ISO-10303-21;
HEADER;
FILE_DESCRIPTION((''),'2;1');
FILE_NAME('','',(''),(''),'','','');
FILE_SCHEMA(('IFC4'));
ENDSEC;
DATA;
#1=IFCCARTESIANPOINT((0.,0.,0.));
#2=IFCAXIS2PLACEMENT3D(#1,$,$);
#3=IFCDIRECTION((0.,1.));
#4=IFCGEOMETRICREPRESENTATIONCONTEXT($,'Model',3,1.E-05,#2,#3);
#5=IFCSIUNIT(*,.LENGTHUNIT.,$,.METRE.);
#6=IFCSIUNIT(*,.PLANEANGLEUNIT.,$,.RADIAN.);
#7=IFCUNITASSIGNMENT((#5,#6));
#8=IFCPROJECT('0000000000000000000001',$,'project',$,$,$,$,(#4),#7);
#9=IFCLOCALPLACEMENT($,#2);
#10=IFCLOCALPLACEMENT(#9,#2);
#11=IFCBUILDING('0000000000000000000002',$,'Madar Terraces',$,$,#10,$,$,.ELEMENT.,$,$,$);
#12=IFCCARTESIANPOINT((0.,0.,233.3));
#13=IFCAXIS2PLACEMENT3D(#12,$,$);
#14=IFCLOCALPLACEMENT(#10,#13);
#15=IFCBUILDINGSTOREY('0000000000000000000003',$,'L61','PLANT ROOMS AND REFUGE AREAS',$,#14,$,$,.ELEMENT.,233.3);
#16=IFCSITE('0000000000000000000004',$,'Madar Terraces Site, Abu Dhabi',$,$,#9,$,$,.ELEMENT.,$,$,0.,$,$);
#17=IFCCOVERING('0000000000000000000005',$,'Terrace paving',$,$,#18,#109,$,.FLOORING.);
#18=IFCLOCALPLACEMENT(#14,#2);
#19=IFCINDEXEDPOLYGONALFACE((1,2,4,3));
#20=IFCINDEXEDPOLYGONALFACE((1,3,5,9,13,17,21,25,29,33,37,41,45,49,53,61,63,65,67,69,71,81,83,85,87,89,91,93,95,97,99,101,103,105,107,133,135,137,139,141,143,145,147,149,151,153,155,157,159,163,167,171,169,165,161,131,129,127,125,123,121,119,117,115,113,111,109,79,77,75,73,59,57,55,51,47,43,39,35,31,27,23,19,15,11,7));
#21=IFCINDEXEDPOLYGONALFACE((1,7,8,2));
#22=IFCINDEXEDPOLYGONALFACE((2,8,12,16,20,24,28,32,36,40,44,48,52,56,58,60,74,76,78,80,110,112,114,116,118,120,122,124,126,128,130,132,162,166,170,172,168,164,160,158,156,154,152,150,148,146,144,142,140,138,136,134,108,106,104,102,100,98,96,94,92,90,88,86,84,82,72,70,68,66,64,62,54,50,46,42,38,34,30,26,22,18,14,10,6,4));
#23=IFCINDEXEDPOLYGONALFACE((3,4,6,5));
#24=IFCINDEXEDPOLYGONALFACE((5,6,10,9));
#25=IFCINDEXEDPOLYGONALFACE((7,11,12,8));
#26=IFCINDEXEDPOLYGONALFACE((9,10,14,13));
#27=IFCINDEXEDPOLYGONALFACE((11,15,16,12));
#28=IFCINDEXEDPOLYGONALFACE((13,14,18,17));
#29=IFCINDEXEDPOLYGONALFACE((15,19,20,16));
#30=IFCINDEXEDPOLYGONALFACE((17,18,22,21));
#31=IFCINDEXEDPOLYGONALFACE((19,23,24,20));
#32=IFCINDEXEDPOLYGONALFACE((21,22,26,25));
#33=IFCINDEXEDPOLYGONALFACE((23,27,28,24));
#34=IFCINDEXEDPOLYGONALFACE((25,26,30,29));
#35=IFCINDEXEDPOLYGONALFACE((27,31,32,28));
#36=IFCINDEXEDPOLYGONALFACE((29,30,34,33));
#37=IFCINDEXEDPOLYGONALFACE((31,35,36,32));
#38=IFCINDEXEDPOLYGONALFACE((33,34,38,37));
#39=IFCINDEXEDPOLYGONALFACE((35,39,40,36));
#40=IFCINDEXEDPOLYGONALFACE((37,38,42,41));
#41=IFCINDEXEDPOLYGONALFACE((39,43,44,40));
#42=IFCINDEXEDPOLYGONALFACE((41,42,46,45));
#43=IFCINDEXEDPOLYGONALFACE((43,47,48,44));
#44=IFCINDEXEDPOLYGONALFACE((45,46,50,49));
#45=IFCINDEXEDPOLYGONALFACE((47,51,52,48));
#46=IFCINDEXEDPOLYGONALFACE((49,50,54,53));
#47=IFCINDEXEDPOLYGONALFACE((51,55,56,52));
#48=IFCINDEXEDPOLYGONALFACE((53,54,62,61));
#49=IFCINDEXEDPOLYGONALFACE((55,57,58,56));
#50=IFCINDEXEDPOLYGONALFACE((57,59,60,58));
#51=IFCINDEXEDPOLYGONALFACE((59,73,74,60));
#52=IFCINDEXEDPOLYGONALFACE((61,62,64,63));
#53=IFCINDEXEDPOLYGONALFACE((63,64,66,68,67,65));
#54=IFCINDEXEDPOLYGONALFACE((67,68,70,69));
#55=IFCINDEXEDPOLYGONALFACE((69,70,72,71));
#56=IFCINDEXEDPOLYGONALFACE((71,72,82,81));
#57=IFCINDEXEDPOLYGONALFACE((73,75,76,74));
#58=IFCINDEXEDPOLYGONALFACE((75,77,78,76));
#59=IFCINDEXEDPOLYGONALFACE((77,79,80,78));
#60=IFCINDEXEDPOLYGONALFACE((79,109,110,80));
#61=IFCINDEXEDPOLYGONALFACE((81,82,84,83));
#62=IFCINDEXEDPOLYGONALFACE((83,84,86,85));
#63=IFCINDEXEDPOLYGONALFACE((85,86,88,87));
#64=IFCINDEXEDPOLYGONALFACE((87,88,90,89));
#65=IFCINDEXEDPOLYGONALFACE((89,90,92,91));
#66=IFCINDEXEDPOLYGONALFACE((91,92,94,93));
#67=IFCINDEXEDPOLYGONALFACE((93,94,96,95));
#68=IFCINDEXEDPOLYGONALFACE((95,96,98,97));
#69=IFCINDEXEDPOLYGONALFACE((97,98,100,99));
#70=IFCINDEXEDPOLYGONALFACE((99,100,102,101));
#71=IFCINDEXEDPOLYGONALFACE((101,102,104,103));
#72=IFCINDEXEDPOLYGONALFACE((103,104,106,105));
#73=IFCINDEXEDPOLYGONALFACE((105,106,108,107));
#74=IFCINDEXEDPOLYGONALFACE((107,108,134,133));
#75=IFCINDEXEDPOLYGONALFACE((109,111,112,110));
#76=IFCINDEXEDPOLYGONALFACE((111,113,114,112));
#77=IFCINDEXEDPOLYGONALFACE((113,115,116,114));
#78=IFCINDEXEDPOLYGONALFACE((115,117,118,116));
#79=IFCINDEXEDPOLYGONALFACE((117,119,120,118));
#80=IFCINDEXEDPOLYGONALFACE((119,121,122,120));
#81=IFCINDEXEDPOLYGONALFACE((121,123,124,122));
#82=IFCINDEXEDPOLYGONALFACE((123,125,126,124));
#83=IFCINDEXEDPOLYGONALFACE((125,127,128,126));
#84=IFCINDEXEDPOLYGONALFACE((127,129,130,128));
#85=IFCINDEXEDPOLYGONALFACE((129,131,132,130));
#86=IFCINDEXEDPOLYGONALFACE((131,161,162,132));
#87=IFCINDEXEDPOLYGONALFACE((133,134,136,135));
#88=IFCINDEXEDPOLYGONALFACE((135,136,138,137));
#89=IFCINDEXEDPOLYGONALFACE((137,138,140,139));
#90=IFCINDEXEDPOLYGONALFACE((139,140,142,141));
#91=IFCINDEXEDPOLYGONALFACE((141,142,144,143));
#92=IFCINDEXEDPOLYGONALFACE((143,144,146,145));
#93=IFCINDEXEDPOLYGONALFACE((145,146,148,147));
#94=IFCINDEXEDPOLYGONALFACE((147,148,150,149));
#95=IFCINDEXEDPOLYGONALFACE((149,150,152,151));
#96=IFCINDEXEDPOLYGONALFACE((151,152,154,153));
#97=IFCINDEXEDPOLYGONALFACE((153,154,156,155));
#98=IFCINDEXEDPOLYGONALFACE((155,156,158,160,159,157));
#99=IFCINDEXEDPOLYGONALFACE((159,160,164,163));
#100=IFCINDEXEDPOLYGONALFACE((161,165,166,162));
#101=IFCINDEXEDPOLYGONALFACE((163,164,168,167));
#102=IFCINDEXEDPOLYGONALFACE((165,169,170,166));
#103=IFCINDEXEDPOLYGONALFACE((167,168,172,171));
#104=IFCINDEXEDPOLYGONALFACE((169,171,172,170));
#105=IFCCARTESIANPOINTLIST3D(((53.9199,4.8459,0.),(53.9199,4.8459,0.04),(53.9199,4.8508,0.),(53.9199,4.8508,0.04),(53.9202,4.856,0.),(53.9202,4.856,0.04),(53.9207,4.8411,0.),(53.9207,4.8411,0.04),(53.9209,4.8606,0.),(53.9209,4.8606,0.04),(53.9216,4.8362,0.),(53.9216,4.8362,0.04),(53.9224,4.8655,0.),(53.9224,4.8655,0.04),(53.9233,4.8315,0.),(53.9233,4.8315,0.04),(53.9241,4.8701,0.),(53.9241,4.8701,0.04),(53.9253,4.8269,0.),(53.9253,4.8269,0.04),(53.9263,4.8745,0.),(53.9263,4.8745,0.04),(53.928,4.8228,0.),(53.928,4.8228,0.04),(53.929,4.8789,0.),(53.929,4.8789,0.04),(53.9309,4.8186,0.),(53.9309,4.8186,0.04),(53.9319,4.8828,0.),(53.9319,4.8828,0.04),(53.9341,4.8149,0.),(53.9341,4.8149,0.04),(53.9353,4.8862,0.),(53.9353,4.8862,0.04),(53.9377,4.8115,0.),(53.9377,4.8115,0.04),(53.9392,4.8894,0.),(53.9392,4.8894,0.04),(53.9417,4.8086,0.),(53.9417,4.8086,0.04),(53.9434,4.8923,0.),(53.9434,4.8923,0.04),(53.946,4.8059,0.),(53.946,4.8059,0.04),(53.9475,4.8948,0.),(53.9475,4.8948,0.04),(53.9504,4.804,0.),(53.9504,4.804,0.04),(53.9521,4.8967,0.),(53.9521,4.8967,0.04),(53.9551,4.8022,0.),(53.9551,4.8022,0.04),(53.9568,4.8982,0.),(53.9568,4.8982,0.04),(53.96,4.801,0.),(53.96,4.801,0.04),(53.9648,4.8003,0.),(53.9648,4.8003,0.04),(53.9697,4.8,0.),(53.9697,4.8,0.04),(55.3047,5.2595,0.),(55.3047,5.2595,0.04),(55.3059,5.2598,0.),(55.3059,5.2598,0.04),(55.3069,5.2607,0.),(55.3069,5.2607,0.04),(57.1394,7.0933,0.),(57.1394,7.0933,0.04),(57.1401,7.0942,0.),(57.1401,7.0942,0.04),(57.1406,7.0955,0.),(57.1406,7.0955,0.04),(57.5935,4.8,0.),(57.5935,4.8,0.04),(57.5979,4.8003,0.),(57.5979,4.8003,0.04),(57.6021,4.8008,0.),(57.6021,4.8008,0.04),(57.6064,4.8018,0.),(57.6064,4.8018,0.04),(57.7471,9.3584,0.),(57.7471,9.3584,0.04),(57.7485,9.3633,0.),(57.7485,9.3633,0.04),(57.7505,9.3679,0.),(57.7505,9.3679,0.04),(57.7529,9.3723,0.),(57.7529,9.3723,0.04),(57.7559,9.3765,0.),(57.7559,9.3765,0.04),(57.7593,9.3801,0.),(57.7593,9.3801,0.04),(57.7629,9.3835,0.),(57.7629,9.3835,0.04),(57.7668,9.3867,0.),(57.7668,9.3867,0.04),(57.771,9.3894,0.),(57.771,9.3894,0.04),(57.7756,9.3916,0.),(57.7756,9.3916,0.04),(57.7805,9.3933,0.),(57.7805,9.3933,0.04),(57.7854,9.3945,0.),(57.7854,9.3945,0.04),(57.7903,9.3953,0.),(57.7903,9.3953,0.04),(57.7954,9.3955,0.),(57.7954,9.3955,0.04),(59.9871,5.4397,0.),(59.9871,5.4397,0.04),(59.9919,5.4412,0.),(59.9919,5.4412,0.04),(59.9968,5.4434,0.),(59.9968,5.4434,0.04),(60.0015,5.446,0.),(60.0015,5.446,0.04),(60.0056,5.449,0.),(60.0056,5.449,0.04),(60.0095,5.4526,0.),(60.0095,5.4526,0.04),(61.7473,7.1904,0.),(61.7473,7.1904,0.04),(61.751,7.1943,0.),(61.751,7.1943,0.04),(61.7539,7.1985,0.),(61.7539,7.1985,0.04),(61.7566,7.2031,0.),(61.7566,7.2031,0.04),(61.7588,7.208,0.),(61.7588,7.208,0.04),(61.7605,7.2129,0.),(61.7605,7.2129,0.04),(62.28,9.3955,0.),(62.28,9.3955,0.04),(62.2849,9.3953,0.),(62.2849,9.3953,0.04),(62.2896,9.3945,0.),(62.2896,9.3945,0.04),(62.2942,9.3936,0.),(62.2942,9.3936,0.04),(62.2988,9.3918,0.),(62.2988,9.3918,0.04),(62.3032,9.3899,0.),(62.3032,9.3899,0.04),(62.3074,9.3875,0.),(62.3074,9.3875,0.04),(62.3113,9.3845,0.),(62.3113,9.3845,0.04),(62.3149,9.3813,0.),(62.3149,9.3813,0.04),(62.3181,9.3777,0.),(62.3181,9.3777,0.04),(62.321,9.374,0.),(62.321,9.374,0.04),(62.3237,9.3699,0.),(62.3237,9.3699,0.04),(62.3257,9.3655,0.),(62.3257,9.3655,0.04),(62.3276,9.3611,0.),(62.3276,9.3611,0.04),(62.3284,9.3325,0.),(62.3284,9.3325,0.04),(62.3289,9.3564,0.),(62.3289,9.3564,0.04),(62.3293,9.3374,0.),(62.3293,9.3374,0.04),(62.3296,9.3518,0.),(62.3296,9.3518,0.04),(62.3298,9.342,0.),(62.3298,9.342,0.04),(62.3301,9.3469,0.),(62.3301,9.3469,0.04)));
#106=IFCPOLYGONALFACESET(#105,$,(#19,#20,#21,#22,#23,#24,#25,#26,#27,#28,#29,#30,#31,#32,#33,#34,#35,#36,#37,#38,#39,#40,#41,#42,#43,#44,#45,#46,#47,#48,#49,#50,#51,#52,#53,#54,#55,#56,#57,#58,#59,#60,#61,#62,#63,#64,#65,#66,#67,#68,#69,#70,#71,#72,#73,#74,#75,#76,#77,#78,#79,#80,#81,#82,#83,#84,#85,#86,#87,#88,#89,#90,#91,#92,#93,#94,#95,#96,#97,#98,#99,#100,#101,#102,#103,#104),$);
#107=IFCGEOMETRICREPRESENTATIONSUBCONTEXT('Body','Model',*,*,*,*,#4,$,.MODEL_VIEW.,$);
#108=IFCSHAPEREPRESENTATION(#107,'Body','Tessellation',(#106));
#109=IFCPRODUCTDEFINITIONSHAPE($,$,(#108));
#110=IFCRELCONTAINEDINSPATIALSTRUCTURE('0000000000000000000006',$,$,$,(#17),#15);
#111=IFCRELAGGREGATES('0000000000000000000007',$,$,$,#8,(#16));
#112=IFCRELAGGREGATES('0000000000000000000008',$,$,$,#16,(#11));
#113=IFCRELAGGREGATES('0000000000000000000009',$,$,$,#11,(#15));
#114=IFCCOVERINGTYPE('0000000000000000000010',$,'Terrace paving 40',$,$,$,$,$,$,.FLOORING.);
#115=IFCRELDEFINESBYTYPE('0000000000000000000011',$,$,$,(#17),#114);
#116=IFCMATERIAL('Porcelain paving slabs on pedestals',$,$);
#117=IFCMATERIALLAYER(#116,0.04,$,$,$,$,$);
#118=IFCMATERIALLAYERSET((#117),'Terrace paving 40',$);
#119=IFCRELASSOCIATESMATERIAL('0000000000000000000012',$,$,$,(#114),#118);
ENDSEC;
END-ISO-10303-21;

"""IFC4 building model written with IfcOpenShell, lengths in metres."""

from ifc_helpers import new_model, si_unit, direction, frame, origin, place, context, subcontext, project, spatial, polyline, outline, extrude, material, layer, layer_set, type_object, element, save


model = new_model("IFC4")

# Units and contexts
model_context = context("Model", 3, precision=1e-05, world=origin(), true_north=direction((0.0, 1.0)))
body_context = subcontext(model_context, "Body", "Model", "MODEL_VIEW")
ifc_project = project(units=[si_unit("LENGTHUNIT", "METRE"), si_unit("PLANEANGLEUNIT", "RADIAN")], contexts=[model_context])

# Site, building, storey
site_placement = place(None, origin())
site = spatial("IfcSite", under=ifc_project, at=site_placement, Name="Madar Terraces Site, Abu Dhabi", CompositionType="ELEMENT", RefElevation=0.0)
building_placement = place(site_placement, origin())
building = spatial("IfcBuilding", under=site, at=building_placement, Name="Madar Terraces", CompositionType="ELEMENT")
storey_placement = place(building_placement, frame((0.0, 0.0, 233.3)))
storey = spatial("IfcBuildingStorey", under=building, at=storey_placement, Name="L61", Description="PLANT ROOMS AND REFUGE AREAS", CompositionType="ELEMENT", Elevation=233.3)

# Covering
ifc_material_1 = material(Name="Porcelain paving slabs on pedestals")
ifc_layer_1 = layer(ifc_material_1, 0.04)
ifc_layer_set_1 = layer_set([ifc_layer_1], Name="Terrace paving 40")
covering_type = type_object("IfcCoveringType", Name="Terrace paving 40", PredefinedType="FLOORING", material=ifc_layer_set_1)
covering_1_placement = place(storey_placement, origin())
element("IfcCovering", 1, at=covering_1_placement, inside=storey, type_object=covering_type, Name="Terrace paving", PredefinedType="FLOORING", context=body_context, shape_type="SweptSolid", body=[
    extrude(outline(polyline([(57.1394, 7.0933), (57.1401, 7.0942), (57.1406, 7.0955), (57.7471, 9.3584), (57.7485, 9.3633), (57.7505, 9.3679), (57.7529, 9.3723), (57.7559, 9.3765), (57.7593, 9.3801), (57.7629, 9.3835), (57.7668, 9.3867), (57.771, 9.3894), (57.7756, 9.3916), (57.7805, 9.3933), (57.7854, 9.3945), (57.7903, 9.3953), (57.7954, 9.3955), (62.28, 9.3955), (62.2849, 9.3953), (62.2896, 9.3945), (62.2942, 9.3936), (62.2988, 9.3918), (62.3032, 9.3899), (62.3074, 9.3875), (62.3113, 9.3845), (62.3149, 9.3813), (62.3181, 9.3777), (62.321, 9.374), (62.3237, 9.3699), (62.3257, 9.3655), (62.3276, 9.3611), (62.3289, 9.3564), (62.3296, 9.3518), (62.3301, 9.3469), (62.3298, 9.342), (62.3293, 9.3374), (62.3284, 9.3325), (61.7605, 7.2129), (61.7588, 7.208), (61.7566, 7.2031), (61.7539, 7.1985), (61.751, 7.1943), (61.7473, 7.1904), (60.0095, 5.4526), (60.0056, 5.449), (60.0015, 5.446), (59.9968, 5.4434), (59.9919, 5.4412), (59.9871, 5.4397), (57.6064, 4.8018), (57.6021, 4.8008), (57.5979, 4.8003), (57.5935, 4.8), (53.9697, 4.8), (53.9648, 4.8003), (53.96, 4.801), (53.9551, 4.8022), (53.9504, 4.804), (53.946, 4.8059), (53.9417, 4.8086), (53.9377, 4.8115), (53.9341, 4.8149), (53.9309, 4.8186), (53.928, 4.8228), (53.9253, 4.8269), (53.9233, 4.8315), (53.9216, 4.8362), (53.9207, 4.8411), (53.9199, 4.8459), (53.9199, 4.8508), (53.9202, 4.856), (53.9209, 4.8606), (53.9224, 4.8655), (53.9241, 4.8701), (53.9263, 4.8745), (53.929, 4.8789), (53.9319, 4.8828), (53.9353, 4.8862), (53.9392, 4.8894), (53.9434, 4.8923), (53.9475, 4.8948), (53.9521, 4.8967), (53.9568, 4.8982), (55.3047, 5.2595), (55.3059, 5.2598), (55.3069, 5.2607), (57.1394, 7.0933)])), origin(), (0.0, 0.0, 1.0), 0.04),
])

save(model, "model.ifc")
